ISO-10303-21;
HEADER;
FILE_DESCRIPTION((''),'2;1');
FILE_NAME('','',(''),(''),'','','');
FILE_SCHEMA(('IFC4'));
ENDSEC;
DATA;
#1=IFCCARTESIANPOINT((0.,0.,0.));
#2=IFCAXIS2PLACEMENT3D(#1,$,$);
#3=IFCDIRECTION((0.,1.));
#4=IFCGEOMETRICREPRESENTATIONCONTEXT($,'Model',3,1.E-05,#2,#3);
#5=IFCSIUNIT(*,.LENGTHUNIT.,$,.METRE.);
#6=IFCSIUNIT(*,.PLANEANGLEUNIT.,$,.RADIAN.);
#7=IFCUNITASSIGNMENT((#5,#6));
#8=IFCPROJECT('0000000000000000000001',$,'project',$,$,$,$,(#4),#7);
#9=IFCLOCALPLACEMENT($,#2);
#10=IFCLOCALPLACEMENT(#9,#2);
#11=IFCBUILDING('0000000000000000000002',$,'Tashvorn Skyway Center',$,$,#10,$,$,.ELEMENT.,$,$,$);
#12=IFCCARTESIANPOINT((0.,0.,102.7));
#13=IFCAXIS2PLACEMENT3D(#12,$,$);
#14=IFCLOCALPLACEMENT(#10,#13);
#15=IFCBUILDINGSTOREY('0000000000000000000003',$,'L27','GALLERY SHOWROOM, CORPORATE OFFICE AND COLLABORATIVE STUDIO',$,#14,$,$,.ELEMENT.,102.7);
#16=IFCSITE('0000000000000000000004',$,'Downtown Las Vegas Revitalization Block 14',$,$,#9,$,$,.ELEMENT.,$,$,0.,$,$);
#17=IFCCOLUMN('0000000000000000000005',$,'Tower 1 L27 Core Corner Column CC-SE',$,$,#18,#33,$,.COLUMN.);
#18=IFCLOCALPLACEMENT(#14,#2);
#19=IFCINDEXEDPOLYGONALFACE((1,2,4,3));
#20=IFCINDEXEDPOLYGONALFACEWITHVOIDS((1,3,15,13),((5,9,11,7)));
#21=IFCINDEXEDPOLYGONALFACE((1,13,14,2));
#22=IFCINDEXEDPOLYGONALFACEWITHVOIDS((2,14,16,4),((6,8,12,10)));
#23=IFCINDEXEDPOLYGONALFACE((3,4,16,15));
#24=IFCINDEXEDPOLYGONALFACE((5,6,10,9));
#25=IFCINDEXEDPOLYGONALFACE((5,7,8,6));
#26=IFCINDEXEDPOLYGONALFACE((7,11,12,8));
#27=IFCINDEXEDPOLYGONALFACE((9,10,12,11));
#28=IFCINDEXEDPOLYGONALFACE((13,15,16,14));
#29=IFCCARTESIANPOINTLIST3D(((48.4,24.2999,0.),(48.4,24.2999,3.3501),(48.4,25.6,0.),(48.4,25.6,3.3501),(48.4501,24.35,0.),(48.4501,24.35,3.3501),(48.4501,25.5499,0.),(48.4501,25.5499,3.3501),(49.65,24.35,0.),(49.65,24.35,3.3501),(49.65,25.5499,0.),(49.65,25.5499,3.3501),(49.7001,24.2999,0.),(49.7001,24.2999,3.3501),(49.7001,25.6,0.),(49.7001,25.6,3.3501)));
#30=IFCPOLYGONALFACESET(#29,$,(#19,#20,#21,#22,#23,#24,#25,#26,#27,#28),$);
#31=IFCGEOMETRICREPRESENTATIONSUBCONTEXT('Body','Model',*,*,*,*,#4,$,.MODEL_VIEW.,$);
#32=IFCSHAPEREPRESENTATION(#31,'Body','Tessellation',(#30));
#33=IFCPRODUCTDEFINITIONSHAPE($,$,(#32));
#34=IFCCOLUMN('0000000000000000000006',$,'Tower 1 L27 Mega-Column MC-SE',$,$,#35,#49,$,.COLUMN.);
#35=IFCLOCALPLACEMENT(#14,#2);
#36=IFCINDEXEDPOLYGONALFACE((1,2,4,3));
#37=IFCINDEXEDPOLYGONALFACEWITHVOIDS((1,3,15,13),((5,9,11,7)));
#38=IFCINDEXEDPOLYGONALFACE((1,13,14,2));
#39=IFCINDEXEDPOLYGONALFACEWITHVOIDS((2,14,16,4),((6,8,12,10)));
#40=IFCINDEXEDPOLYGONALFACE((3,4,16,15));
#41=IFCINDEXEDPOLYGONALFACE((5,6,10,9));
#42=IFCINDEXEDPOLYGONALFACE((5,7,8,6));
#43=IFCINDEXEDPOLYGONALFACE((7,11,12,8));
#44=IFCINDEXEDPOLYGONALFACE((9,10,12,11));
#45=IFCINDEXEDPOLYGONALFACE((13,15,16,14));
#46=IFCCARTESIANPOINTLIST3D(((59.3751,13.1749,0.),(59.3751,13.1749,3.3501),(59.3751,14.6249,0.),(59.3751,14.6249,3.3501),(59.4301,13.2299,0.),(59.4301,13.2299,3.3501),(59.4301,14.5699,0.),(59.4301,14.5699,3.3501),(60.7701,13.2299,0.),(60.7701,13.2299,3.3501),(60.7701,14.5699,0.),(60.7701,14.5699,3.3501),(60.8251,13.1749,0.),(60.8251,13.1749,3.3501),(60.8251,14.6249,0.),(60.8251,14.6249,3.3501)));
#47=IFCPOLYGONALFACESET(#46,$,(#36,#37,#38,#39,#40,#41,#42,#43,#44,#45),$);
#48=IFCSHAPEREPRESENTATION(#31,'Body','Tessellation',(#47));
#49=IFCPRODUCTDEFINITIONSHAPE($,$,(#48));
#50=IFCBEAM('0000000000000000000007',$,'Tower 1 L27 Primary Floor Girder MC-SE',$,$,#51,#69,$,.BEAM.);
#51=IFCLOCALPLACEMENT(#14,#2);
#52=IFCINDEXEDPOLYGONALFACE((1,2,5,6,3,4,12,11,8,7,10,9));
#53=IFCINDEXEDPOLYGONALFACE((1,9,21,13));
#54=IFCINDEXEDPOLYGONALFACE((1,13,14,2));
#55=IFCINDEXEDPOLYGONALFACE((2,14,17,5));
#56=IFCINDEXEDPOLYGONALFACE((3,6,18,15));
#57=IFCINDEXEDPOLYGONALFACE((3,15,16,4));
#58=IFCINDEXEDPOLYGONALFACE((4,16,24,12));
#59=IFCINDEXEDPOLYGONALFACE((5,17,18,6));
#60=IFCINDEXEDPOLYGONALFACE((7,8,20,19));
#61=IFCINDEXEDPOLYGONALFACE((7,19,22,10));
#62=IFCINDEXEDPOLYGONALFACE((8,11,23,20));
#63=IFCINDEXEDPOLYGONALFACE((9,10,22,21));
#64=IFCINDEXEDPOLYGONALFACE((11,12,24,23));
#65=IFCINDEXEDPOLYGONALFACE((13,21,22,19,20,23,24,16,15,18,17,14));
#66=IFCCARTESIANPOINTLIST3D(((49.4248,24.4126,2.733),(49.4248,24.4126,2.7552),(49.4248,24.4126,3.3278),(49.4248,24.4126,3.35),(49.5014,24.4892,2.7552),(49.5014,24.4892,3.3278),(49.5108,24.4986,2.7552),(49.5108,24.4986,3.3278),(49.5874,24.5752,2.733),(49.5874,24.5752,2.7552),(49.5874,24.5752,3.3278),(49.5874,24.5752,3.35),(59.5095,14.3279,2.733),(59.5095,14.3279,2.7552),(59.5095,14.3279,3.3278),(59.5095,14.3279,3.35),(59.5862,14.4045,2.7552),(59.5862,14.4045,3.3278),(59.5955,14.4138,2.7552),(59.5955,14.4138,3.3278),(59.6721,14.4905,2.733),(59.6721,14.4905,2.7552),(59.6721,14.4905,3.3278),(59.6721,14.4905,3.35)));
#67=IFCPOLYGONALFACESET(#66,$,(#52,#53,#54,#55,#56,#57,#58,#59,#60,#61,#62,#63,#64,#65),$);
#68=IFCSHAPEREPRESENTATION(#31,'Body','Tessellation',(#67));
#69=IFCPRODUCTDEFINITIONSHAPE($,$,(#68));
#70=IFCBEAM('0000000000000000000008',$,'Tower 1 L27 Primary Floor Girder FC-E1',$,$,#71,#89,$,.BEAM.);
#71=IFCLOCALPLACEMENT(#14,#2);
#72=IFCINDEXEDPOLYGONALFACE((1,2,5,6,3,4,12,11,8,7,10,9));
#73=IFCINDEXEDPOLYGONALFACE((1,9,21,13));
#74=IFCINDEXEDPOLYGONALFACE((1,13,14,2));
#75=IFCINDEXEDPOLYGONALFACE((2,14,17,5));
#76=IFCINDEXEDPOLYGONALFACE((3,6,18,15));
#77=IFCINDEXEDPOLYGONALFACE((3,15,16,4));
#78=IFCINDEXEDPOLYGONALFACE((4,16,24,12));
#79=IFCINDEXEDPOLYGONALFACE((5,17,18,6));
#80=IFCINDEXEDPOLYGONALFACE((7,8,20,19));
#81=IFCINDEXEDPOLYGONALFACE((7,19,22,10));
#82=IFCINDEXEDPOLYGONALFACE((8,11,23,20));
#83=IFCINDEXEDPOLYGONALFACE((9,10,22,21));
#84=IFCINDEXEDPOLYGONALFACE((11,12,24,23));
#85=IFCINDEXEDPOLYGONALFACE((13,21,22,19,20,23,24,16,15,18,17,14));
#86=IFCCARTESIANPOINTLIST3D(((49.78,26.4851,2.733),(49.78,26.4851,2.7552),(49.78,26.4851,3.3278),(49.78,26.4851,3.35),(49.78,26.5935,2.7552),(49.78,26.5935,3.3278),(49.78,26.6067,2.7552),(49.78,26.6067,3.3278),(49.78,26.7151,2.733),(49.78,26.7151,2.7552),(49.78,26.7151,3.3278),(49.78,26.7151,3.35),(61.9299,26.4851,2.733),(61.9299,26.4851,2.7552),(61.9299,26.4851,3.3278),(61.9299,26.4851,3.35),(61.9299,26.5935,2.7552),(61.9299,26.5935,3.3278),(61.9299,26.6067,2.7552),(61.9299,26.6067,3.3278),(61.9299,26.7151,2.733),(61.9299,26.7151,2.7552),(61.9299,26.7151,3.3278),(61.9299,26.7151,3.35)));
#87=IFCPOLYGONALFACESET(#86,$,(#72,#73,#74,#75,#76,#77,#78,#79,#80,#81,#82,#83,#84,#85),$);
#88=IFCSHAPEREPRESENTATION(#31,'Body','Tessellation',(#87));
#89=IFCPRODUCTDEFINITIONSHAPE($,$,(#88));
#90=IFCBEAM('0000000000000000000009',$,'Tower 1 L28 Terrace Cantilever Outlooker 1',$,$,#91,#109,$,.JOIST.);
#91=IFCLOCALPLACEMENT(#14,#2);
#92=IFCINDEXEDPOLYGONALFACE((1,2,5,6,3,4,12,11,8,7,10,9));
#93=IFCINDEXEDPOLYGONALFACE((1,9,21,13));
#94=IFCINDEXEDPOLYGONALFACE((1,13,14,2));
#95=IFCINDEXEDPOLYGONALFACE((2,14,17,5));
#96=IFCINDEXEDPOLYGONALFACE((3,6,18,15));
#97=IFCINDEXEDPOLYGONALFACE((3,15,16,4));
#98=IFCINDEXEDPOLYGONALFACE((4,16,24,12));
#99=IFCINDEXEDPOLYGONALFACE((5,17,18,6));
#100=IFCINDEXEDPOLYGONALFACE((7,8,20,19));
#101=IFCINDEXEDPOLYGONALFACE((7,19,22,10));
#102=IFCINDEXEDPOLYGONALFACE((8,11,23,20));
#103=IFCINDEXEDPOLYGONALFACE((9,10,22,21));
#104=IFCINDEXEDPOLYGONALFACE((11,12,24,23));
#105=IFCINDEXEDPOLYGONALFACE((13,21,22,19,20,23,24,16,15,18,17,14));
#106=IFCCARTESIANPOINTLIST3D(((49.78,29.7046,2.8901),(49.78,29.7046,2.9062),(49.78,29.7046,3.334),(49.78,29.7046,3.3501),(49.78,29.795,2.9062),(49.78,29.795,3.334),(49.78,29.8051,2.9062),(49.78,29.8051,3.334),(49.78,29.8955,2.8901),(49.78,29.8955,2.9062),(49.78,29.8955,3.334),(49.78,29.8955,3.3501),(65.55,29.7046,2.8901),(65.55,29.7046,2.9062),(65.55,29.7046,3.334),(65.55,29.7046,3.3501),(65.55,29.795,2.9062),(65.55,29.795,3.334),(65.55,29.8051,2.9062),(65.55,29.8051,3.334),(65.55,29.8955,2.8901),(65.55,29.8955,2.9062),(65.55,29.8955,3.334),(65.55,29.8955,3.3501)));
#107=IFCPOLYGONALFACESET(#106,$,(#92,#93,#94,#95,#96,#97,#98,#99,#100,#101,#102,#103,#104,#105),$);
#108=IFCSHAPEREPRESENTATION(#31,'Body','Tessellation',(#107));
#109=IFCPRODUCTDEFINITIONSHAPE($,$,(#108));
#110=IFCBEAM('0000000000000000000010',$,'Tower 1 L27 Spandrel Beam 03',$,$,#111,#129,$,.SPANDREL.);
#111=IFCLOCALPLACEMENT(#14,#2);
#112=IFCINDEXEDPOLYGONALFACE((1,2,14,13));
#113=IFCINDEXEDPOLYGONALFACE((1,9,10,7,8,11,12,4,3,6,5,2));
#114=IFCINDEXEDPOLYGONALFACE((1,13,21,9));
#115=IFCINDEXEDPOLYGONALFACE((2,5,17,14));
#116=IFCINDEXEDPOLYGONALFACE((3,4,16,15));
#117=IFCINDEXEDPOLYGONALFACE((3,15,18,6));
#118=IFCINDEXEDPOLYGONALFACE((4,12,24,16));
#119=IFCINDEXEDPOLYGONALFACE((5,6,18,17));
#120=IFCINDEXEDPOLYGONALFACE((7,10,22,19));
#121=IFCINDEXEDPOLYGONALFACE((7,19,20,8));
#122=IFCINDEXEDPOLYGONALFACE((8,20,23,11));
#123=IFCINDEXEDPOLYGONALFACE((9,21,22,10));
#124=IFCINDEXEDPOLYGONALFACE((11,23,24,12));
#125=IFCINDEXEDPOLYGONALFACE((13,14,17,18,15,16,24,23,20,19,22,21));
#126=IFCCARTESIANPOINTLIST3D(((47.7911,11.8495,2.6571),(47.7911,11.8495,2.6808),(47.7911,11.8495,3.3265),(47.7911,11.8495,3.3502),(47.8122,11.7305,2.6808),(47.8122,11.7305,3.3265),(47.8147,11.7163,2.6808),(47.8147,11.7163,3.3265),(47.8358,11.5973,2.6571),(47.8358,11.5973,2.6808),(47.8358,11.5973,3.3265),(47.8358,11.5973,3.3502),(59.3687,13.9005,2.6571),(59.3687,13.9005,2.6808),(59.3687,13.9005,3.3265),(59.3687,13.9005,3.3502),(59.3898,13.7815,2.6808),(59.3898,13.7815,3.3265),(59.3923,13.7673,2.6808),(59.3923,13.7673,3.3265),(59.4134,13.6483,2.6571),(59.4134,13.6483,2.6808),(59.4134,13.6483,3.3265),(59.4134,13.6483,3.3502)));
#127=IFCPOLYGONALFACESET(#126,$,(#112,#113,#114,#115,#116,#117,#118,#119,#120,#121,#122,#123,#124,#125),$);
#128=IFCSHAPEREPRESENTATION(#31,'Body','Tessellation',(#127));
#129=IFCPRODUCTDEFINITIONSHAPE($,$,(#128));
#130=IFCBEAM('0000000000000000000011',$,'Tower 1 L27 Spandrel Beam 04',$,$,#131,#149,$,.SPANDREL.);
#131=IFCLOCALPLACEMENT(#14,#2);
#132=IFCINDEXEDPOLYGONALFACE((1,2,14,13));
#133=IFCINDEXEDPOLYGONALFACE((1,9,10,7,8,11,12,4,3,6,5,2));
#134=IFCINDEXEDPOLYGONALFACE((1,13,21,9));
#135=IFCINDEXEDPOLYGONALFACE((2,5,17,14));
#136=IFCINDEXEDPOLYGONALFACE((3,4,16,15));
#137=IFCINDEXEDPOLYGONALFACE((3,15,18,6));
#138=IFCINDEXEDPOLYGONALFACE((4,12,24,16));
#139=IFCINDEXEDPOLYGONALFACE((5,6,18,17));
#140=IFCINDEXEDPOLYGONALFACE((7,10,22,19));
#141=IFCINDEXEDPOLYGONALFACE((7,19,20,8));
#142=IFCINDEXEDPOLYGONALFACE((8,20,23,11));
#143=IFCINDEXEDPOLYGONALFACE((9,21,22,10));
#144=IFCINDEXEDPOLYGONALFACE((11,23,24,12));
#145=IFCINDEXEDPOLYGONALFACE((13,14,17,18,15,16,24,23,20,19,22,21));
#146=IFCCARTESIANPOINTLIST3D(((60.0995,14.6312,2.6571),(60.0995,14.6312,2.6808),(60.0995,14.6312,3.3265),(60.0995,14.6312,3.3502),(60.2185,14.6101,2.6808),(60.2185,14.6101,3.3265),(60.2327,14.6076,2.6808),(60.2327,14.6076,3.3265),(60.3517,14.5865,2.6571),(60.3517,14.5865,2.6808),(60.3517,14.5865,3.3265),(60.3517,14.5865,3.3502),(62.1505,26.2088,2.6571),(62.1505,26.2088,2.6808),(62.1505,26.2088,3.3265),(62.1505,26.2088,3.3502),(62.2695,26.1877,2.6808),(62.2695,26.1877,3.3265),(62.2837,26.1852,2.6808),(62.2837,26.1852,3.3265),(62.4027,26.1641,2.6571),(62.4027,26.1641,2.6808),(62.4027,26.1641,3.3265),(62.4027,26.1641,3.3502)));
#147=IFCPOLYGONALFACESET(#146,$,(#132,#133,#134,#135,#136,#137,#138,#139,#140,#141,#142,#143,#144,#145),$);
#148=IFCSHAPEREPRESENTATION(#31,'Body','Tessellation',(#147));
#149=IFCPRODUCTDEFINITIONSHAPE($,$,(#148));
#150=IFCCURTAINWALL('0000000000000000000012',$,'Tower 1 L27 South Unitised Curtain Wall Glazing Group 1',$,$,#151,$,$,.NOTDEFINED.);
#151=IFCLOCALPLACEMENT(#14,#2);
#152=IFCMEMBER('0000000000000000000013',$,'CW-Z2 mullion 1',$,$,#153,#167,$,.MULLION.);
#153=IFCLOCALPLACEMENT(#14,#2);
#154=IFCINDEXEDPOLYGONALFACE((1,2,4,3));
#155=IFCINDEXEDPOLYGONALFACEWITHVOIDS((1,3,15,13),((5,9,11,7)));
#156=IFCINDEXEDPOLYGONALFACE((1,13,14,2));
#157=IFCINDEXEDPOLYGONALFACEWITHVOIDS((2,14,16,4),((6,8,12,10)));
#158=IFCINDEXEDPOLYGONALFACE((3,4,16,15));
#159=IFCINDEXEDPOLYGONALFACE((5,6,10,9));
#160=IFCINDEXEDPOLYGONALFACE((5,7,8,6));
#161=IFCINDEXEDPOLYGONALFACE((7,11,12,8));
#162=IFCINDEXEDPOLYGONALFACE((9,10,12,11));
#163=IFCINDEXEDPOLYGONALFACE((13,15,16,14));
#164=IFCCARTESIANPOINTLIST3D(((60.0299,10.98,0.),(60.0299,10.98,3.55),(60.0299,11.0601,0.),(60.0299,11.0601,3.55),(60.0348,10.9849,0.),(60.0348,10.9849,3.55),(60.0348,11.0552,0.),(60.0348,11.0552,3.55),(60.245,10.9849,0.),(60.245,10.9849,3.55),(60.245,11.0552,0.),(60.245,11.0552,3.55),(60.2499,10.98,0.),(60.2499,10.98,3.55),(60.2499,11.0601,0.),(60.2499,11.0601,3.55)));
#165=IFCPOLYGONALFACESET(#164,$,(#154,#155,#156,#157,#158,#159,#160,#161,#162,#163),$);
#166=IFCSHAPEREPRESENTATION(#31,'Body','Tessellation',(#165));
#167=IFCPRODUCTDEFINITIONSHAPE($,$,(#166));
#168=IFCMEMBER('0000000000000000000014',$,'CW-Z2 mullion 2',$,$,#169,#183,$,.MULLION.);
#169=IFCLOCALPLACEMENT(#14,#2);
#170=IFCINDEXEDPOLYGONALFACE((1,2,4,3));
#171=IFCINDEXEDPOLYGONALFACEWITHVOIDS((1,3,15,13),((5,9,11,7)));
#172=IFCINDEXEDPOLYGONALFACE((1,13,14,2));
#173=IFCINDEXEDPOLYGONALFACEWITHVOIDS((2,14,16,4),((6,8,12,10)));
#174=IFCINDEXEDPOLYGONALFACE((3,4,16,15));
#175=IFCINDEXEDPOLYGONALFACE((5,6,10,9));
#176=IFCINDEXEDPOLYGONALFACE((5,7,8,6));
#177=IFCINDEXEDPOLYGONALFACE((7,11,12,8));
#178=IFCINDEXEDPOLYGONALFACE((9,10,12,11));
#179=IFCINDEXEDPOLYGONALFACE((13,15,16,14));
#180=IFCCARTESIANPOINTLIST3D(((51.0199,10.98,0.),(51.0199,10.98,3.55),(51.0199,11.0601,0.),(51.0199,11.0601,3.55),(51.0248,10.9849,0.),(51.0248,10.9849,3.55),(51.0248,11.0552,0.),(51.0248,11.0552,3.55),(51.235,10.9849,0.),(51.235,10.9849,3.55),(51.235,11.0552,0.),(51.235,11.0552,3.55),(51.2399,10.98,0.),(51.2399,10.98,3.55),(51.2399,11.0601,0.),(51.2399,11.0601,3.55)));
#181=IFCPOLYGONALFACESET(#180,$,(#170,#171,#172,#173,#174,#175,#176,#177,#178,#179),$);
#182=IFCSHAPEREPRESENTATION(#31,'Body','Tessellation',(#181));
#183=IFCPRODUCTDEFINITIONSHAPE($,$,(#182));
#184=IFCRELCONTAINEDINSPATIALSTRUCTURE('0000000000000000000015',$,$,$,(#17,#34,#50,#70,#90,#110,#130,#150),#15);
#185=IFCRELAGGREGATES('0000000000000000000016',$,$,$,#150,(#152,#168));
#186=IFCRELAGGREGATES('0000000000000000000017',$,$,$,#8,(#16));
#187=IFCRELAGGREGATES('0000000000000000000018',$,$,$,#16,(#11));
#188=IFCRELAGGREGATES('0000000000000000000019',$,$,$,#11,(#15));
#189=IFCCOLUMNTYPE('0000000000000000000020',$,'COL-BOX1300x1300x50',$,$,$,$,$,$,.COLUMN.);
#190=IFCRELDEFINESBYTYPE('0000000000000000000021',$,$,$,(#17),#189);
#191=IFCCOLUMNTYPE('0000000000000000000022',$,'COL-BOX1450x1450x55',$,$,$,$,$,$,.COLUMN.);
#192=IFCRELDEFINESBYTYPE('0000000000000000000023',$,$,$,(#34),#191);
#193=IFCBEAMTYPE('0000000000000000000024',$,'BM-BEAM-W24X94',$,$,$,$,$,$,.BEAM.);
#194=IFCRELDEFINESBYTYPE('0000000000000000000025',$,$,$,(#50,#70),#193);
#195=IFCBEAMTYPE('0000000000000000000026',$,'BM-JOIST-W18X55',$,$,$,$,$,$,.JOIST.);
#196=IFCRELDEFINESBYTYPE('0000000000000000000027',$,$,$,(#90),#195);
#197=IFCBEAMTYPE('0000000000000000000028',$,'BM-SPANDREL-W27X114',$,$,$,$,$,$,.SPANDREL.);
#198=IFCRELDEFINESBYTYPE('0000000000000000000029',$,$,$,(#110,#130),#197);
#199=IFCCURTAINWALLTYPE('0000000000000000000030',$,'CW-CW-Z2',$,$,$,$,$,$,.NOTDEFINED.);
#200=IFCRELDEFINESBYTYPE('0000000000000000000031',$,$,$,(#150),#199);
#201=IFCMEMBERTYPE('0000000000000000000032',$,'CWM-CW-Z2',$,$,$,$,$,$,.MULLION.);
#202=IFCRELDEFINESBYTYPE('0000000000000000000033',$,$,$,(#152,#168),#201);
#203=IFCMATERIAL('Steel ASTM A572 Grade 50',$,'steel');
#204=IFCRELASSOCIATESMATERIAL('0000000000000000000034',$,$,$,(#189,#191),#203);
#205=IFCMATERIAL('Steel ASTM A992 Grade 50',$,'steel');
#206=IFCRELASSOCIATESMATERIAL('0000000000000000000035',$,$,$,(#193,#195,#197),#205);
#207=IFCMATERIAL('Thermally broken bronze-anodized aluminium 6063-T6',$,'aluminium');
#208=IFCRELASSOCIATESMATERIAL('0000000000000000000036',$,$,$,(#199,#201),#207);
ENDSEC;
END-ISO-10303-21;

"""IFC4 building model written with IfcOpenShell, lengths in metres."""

from ifc_helpers import new_model, si_unit, direction, frame, origin, origin_2d, place, context, subcontext, project, spatial, hollow_rectangle, i_section, extrude, material, material_profile, profile_set, type_object, element, aggregate, save


model = new_model("IFC4")

# Units and contexts
model_context = context("Model", 3, precision=1e-05, world=origin(), true_north=direction((0.0, 1.0)))
body_context = subcontext(model_context, "Body", "Model", "MODEL_VIEW")
ifc_project = project(units=[si_unit("LENGTHUNIT", "METRE"), si_unit("PLANEANGLEUNIT", "RADIAN")], contexts=[model_context])

# Site, building, storey
site_placement = place(None, origin())
site = spatial("IfcSite", under=ifc_project, at=site_placement, Name="Downtown Las Vegas Revitalization Block 14", CompositionType="ELEMENT", RefElevation=0.0)
building_placement = place(site_placement, origin())
building = spatial("IfcBuilding", under=site, at=building_placement, Name="Tashvorn Skyway Center", CompositionType="ELEMENT")
storey_placement = place(building_placement, frame((0.0, 0.0, 102.7)))
storey = spatial("IfcBuildingStorey", under=building, at=storey_placement, Name="L27", Description="GALLERY SHOWROOM, CORPORATE OFFICE AND COLLABORATIVE STUDIO", CompositionType="ELEMENT", Elevation=102.7)

# Columns
ifc_material_1 = material(Name="Steel ASTM A572 Grade 50", Category="steel")
ifc_material_profile_1 = material_profile(ifc_material_1, hollow_rectangle(XDim=1.3, YDim=1.3, WallThickness=0.05, at=origin_2d()), Name="BOX1300x1300x50")
ifc_profile_set_1 = profile_set([ifc_material_profile_1], Name="Steel ASTM A572 Grade 50")
column_type_1 = type_object("IfcColumnType", Name="COL-BOX1300x1300x50", PredefinedType="COLUMN", material=ifc_profile_set_1)
column_1_placement = place(storey_placement, frame((49.05, 24.95, 0.0), z_axis=(0.0, 0.0, 1.0), x_axis=(1.0, 0.0, 0.0)))
element("IfcColumn", 1, at=column_1_placement, inside=storey, type_object=column_type_1, Name="Tower 1 L27 Core Corner Column CC-SE", PredefinedType="COLUMN", context=body_context, shape_type="SweptSolid", body=[
    extrude(hollow_rectangle(XDim=1.3, YDim=1.3, WallThickness=0.05, at=origin_2d()), origin(), (0.0, 0.0, 1.0), 3.3501),
])
ifc_material_profile_2 = material_profile(ifc_material_1, hollow_rectangle(XDim=1.45, YDim=1.45, WallThickness=0.0549, at=origin_2d()), Name="BOX1450x1450x55")
ifc_profile_set_2 = profile_set([ifc_material_profile_2], Name="Steel ASTM A572 Grade 50")
column_type_2 = type_object("IfcColumnType", Name="COL-BOX1450x1450x55", PredefinedType="COLUMN", material=ifc_profile_set_2)
column_2_placement = place(storey_placement, frame((60.1001, 13.8999, 0.0), z_axis=(0.0, 0.0, 1.0), x_axis=(1.0, 0.0, 0.0)))
element("IfcColumn", 2, at=column_2_placement, inside=storey, type_object=column_type_2, Name="Tower 1 L27 Mega-Column MC-SE", PredefinedType="COLUMN", context=body_context, shape_type="SweptSolid", body=[
    extrude(hollow_rectangle(XDim=1.45, YDim=1.45, WallThickness=0.0549, at=origin_2d()), origin(), (0.0, 0.0, 1.0), 3.3501),
])

# Beams
ifc_material_2 = material(Name="Steel ASTM A992 Grade 50", Category="steel")
ifc_material_profile_3 = material_profile(ifc_material_2, i_section(OverallWidth=0.23, OverallDepth=0.6169, WebThickness=0.0132, FlangeThickness=0.0222, at=origin_2d()), Name="W24X94")
ifc_profile_set_3 = profile_set([ifc_material_profile_3], Name="Steel ASTM A992 Grade 50")
beam_type_1 = type_object("IfcBeamType", Name="BM-BEAM-W24X94", PredefinedType="BEAM", material=ifc_profile_set_3)
beam_1_placement = place(storey_placement, frame((59.5908, 14.4092, 3.0415), z_axis=(-0.707107, 0.707107, 0.0), x_axis=(-0.707107, -0.707107, 0.0)))
element("IfcBeam", 3, at=beam_1_placement, inside=storey, type_object=beam_type_1, Name="Tower 1 L27 Primary Floor Girder MC-SE", PredefinedType="BEAM", context=body_context, shape_type="SweptSolid", body=[
    extrude(i_section(OverallWidth=0.23, OverallDepth=0.6169, WebThickness=0.0132, FlangeThickness=0.0222, at=origin_2d()), origin(), (0.0, 0.0, 1.0), 14.262),
])
beam_2_placement = place(storey_placement, frame((61.9299, 26.6001, 3.0415), z_axis=(-1.0, 0.0, 0.0), x_axis=(0.0, -1.0, 0.0)))
element("IfcBeam", 4, at=beam_2_placement, inside=storey, type_object=beam_type_1, Name="Tower 1 L27 Primary Floor Girder FC-E1", PredefinedType="BEAM", context=body_context, shape_type="SweptSolid", body=[
    extrude(i_section(OverallWidth=0.23, OverallDepth=0.6169, WebThickness=0.0132, FlangeThickness=0.0222, at=origin_2d()), origin(), (0.0, 0.0, 1.0), 12.1499),
])
ifc_material_profile_4 = material_profile(ifc_material_2, i_section(OverallWidth=0.1909, OverallDepth=0.46, WebThickness=0.01, FlangeThickness=0.0161, at=origin_2d()), Name="W18X55")
ifc_profile_set_4 = profile_set([ifc_material_profile_4], Name="Steel ASTM A992 Grade 50")
beam_type_2 = type_object("IfcBeamType", Name="BM-JOIST-W18X55", PredefinedType="JOIST", material=ifc_profile_set_4)
beam_3_placement = place(storey_placement, frame((49.78, 29.8, 3.1201), z_axis=(1.0, 0.0, 0.0), x_axis=(0.0, 1.0, 0.0)))
element("IfcBeam", 5, at=beam_3_placement, inside=storey, type_object=beam_type_2, Name="Tower 1 L28 Terrace Cantilever Outlooker 1", PredefinedType="JOIST", context=body_context, shape_type="SweptSolid", body=[
    extrude(i_section(OverallWidth=0.1909, OverallDepth=0.46, WebThickness=0.01, FlangeThickness=0.0161, at=origin_2d()), origin(), (0.0, 0.0, 1.0), 15.77),
])
ifc_material_profile_5 = material_profile(ifc_material_2, i_section(OverallWidth=0.2561, OverallDepth=0.6931, WebThickness=0.0144, FlangeThickness=0.0237, at=origin_2d()), Name="W27X114")
ifc_profile_set_5 = profile_set([ifc_material_profile_5], Name="Steel ASTM A992 Grade 50")
beam_type_3 = type_object("IfcBeamType", Name="BM-SPANDREL-W27X114", PredefinedType="SPANDREL", material=ifc_profile_set_5)
for number, where, z_axis, x_axis, name in (
    (6, (47.8135, 11.7234, 3.0037), (0.984668, 0.174438, 0.0), (-0.174438, 0.984668, 0.0), "Tower 1 L27 Spandrel Beam 03"),
    (7, (60.2256, 14.6089, 3.0037), (0.174438, 0.984668, 0.0), (-0.984668, 0.174438, 0.0), "Tower 1 L27 Spandrel Beam 04"),
):
    element("IfcBeam", number, at=place(storey_placement, frame(where, z_axis=z_axis, x_axis=x_axis)), inside=storey, type_object=beam_type_3, Name=name, PredefinedType="SPANDREL", context=body_context, shape_type="SweptSolid", body=[
        extrude(i_section(OverallWidth=0.2561, OverallDepth=0.6931, WebThickness=0.0144, FlangeThickness=0.0237, at=origin_2d()), origin(), (0.0, 0.0, 1.0), 11.7578),
    ])

# Curtain wall, members
ifc_material_3 = material(Name="Thermally broken bronze-anodized aluminium 6063-T6", Category="aluminium")
curtain_wall_type = type_object("IfcCurtainWallType", Name="CW-CW-Z2", PredefinedType="NOTDEFINED", material=ifc_material_3)
curtain_wall_1_placement = place(storey_placement, origin())
curtain_wall_1 = element("IfcCurtainWall", 8, at=curtain_wall_1_placement, inside=storey, type_object=curtain_wall_type, Name="Tower 1 L27 South Unitised Curtain Wall Glazing Group 1", PredefinedType="NOTDEFINED")
ifc_material_profile_6 = material_profile(ifc_material_3, hollow_rectangle(XDim=0.0801, YDim=0.22, WallThickness=0.0049, at=origin_2d()), Name="ALU-MULL-80x220")
ifc_profile_set_6 = profile_set([ifc_material_profile_6], Name="Thermally broken bronze-anodized aluminium 6063-T6")
member_type_1 = type_object("IfcMemberType", Name="CWM-CW-Z2", PredefinedType="MULLION", material=ifc_profile_set_6)
member_1_placement = place(storey_placement, frame((60.1399, 11.02, 0.0), z_axis=(0.0, 0.0, 1.0), x_axis=(0.0, -1.0, 0.0)))
member_1 = element("IfcMember", 9, at=member_1_placement, type_object=member_type_1, Name="CW-Z2 mullion 1", PredefinedType="MULLION", context=body_context, shape_type="SweptSolid", body=[
    extrude(hollow_rectangle(XDim=0.0801, YDim=0.22, WallThickness=0.0049, at=origin_2d()), origin(), (0.0, 0.0, 1.0), 3.55),
])
member_2_placement = place(storey_placement, frame((51.1299, 11.02, 0.0), z_axis=(0.0, 0.0, 1.0), x_axis=(0.0, -1.0, 0.0)))
member_2 = element("IfcMember", 10, at=member_2_placement, type_object=member_type_1, Name="CW-Z2 mullion 2", PredefinedType="MULLION", context=body_context, shape_type="SweptSolid", body=[
    extrude(hollow_rectangle(XDim=0.0801, YDim=0.22, WallThickness=0.0049, at=origin_2d()), origin(), (0.0, 0.0, 1.0), 3.55),
])

aggregate(curtain_wall_1, [member_1, member_2])

save(model, "model.ifc")
